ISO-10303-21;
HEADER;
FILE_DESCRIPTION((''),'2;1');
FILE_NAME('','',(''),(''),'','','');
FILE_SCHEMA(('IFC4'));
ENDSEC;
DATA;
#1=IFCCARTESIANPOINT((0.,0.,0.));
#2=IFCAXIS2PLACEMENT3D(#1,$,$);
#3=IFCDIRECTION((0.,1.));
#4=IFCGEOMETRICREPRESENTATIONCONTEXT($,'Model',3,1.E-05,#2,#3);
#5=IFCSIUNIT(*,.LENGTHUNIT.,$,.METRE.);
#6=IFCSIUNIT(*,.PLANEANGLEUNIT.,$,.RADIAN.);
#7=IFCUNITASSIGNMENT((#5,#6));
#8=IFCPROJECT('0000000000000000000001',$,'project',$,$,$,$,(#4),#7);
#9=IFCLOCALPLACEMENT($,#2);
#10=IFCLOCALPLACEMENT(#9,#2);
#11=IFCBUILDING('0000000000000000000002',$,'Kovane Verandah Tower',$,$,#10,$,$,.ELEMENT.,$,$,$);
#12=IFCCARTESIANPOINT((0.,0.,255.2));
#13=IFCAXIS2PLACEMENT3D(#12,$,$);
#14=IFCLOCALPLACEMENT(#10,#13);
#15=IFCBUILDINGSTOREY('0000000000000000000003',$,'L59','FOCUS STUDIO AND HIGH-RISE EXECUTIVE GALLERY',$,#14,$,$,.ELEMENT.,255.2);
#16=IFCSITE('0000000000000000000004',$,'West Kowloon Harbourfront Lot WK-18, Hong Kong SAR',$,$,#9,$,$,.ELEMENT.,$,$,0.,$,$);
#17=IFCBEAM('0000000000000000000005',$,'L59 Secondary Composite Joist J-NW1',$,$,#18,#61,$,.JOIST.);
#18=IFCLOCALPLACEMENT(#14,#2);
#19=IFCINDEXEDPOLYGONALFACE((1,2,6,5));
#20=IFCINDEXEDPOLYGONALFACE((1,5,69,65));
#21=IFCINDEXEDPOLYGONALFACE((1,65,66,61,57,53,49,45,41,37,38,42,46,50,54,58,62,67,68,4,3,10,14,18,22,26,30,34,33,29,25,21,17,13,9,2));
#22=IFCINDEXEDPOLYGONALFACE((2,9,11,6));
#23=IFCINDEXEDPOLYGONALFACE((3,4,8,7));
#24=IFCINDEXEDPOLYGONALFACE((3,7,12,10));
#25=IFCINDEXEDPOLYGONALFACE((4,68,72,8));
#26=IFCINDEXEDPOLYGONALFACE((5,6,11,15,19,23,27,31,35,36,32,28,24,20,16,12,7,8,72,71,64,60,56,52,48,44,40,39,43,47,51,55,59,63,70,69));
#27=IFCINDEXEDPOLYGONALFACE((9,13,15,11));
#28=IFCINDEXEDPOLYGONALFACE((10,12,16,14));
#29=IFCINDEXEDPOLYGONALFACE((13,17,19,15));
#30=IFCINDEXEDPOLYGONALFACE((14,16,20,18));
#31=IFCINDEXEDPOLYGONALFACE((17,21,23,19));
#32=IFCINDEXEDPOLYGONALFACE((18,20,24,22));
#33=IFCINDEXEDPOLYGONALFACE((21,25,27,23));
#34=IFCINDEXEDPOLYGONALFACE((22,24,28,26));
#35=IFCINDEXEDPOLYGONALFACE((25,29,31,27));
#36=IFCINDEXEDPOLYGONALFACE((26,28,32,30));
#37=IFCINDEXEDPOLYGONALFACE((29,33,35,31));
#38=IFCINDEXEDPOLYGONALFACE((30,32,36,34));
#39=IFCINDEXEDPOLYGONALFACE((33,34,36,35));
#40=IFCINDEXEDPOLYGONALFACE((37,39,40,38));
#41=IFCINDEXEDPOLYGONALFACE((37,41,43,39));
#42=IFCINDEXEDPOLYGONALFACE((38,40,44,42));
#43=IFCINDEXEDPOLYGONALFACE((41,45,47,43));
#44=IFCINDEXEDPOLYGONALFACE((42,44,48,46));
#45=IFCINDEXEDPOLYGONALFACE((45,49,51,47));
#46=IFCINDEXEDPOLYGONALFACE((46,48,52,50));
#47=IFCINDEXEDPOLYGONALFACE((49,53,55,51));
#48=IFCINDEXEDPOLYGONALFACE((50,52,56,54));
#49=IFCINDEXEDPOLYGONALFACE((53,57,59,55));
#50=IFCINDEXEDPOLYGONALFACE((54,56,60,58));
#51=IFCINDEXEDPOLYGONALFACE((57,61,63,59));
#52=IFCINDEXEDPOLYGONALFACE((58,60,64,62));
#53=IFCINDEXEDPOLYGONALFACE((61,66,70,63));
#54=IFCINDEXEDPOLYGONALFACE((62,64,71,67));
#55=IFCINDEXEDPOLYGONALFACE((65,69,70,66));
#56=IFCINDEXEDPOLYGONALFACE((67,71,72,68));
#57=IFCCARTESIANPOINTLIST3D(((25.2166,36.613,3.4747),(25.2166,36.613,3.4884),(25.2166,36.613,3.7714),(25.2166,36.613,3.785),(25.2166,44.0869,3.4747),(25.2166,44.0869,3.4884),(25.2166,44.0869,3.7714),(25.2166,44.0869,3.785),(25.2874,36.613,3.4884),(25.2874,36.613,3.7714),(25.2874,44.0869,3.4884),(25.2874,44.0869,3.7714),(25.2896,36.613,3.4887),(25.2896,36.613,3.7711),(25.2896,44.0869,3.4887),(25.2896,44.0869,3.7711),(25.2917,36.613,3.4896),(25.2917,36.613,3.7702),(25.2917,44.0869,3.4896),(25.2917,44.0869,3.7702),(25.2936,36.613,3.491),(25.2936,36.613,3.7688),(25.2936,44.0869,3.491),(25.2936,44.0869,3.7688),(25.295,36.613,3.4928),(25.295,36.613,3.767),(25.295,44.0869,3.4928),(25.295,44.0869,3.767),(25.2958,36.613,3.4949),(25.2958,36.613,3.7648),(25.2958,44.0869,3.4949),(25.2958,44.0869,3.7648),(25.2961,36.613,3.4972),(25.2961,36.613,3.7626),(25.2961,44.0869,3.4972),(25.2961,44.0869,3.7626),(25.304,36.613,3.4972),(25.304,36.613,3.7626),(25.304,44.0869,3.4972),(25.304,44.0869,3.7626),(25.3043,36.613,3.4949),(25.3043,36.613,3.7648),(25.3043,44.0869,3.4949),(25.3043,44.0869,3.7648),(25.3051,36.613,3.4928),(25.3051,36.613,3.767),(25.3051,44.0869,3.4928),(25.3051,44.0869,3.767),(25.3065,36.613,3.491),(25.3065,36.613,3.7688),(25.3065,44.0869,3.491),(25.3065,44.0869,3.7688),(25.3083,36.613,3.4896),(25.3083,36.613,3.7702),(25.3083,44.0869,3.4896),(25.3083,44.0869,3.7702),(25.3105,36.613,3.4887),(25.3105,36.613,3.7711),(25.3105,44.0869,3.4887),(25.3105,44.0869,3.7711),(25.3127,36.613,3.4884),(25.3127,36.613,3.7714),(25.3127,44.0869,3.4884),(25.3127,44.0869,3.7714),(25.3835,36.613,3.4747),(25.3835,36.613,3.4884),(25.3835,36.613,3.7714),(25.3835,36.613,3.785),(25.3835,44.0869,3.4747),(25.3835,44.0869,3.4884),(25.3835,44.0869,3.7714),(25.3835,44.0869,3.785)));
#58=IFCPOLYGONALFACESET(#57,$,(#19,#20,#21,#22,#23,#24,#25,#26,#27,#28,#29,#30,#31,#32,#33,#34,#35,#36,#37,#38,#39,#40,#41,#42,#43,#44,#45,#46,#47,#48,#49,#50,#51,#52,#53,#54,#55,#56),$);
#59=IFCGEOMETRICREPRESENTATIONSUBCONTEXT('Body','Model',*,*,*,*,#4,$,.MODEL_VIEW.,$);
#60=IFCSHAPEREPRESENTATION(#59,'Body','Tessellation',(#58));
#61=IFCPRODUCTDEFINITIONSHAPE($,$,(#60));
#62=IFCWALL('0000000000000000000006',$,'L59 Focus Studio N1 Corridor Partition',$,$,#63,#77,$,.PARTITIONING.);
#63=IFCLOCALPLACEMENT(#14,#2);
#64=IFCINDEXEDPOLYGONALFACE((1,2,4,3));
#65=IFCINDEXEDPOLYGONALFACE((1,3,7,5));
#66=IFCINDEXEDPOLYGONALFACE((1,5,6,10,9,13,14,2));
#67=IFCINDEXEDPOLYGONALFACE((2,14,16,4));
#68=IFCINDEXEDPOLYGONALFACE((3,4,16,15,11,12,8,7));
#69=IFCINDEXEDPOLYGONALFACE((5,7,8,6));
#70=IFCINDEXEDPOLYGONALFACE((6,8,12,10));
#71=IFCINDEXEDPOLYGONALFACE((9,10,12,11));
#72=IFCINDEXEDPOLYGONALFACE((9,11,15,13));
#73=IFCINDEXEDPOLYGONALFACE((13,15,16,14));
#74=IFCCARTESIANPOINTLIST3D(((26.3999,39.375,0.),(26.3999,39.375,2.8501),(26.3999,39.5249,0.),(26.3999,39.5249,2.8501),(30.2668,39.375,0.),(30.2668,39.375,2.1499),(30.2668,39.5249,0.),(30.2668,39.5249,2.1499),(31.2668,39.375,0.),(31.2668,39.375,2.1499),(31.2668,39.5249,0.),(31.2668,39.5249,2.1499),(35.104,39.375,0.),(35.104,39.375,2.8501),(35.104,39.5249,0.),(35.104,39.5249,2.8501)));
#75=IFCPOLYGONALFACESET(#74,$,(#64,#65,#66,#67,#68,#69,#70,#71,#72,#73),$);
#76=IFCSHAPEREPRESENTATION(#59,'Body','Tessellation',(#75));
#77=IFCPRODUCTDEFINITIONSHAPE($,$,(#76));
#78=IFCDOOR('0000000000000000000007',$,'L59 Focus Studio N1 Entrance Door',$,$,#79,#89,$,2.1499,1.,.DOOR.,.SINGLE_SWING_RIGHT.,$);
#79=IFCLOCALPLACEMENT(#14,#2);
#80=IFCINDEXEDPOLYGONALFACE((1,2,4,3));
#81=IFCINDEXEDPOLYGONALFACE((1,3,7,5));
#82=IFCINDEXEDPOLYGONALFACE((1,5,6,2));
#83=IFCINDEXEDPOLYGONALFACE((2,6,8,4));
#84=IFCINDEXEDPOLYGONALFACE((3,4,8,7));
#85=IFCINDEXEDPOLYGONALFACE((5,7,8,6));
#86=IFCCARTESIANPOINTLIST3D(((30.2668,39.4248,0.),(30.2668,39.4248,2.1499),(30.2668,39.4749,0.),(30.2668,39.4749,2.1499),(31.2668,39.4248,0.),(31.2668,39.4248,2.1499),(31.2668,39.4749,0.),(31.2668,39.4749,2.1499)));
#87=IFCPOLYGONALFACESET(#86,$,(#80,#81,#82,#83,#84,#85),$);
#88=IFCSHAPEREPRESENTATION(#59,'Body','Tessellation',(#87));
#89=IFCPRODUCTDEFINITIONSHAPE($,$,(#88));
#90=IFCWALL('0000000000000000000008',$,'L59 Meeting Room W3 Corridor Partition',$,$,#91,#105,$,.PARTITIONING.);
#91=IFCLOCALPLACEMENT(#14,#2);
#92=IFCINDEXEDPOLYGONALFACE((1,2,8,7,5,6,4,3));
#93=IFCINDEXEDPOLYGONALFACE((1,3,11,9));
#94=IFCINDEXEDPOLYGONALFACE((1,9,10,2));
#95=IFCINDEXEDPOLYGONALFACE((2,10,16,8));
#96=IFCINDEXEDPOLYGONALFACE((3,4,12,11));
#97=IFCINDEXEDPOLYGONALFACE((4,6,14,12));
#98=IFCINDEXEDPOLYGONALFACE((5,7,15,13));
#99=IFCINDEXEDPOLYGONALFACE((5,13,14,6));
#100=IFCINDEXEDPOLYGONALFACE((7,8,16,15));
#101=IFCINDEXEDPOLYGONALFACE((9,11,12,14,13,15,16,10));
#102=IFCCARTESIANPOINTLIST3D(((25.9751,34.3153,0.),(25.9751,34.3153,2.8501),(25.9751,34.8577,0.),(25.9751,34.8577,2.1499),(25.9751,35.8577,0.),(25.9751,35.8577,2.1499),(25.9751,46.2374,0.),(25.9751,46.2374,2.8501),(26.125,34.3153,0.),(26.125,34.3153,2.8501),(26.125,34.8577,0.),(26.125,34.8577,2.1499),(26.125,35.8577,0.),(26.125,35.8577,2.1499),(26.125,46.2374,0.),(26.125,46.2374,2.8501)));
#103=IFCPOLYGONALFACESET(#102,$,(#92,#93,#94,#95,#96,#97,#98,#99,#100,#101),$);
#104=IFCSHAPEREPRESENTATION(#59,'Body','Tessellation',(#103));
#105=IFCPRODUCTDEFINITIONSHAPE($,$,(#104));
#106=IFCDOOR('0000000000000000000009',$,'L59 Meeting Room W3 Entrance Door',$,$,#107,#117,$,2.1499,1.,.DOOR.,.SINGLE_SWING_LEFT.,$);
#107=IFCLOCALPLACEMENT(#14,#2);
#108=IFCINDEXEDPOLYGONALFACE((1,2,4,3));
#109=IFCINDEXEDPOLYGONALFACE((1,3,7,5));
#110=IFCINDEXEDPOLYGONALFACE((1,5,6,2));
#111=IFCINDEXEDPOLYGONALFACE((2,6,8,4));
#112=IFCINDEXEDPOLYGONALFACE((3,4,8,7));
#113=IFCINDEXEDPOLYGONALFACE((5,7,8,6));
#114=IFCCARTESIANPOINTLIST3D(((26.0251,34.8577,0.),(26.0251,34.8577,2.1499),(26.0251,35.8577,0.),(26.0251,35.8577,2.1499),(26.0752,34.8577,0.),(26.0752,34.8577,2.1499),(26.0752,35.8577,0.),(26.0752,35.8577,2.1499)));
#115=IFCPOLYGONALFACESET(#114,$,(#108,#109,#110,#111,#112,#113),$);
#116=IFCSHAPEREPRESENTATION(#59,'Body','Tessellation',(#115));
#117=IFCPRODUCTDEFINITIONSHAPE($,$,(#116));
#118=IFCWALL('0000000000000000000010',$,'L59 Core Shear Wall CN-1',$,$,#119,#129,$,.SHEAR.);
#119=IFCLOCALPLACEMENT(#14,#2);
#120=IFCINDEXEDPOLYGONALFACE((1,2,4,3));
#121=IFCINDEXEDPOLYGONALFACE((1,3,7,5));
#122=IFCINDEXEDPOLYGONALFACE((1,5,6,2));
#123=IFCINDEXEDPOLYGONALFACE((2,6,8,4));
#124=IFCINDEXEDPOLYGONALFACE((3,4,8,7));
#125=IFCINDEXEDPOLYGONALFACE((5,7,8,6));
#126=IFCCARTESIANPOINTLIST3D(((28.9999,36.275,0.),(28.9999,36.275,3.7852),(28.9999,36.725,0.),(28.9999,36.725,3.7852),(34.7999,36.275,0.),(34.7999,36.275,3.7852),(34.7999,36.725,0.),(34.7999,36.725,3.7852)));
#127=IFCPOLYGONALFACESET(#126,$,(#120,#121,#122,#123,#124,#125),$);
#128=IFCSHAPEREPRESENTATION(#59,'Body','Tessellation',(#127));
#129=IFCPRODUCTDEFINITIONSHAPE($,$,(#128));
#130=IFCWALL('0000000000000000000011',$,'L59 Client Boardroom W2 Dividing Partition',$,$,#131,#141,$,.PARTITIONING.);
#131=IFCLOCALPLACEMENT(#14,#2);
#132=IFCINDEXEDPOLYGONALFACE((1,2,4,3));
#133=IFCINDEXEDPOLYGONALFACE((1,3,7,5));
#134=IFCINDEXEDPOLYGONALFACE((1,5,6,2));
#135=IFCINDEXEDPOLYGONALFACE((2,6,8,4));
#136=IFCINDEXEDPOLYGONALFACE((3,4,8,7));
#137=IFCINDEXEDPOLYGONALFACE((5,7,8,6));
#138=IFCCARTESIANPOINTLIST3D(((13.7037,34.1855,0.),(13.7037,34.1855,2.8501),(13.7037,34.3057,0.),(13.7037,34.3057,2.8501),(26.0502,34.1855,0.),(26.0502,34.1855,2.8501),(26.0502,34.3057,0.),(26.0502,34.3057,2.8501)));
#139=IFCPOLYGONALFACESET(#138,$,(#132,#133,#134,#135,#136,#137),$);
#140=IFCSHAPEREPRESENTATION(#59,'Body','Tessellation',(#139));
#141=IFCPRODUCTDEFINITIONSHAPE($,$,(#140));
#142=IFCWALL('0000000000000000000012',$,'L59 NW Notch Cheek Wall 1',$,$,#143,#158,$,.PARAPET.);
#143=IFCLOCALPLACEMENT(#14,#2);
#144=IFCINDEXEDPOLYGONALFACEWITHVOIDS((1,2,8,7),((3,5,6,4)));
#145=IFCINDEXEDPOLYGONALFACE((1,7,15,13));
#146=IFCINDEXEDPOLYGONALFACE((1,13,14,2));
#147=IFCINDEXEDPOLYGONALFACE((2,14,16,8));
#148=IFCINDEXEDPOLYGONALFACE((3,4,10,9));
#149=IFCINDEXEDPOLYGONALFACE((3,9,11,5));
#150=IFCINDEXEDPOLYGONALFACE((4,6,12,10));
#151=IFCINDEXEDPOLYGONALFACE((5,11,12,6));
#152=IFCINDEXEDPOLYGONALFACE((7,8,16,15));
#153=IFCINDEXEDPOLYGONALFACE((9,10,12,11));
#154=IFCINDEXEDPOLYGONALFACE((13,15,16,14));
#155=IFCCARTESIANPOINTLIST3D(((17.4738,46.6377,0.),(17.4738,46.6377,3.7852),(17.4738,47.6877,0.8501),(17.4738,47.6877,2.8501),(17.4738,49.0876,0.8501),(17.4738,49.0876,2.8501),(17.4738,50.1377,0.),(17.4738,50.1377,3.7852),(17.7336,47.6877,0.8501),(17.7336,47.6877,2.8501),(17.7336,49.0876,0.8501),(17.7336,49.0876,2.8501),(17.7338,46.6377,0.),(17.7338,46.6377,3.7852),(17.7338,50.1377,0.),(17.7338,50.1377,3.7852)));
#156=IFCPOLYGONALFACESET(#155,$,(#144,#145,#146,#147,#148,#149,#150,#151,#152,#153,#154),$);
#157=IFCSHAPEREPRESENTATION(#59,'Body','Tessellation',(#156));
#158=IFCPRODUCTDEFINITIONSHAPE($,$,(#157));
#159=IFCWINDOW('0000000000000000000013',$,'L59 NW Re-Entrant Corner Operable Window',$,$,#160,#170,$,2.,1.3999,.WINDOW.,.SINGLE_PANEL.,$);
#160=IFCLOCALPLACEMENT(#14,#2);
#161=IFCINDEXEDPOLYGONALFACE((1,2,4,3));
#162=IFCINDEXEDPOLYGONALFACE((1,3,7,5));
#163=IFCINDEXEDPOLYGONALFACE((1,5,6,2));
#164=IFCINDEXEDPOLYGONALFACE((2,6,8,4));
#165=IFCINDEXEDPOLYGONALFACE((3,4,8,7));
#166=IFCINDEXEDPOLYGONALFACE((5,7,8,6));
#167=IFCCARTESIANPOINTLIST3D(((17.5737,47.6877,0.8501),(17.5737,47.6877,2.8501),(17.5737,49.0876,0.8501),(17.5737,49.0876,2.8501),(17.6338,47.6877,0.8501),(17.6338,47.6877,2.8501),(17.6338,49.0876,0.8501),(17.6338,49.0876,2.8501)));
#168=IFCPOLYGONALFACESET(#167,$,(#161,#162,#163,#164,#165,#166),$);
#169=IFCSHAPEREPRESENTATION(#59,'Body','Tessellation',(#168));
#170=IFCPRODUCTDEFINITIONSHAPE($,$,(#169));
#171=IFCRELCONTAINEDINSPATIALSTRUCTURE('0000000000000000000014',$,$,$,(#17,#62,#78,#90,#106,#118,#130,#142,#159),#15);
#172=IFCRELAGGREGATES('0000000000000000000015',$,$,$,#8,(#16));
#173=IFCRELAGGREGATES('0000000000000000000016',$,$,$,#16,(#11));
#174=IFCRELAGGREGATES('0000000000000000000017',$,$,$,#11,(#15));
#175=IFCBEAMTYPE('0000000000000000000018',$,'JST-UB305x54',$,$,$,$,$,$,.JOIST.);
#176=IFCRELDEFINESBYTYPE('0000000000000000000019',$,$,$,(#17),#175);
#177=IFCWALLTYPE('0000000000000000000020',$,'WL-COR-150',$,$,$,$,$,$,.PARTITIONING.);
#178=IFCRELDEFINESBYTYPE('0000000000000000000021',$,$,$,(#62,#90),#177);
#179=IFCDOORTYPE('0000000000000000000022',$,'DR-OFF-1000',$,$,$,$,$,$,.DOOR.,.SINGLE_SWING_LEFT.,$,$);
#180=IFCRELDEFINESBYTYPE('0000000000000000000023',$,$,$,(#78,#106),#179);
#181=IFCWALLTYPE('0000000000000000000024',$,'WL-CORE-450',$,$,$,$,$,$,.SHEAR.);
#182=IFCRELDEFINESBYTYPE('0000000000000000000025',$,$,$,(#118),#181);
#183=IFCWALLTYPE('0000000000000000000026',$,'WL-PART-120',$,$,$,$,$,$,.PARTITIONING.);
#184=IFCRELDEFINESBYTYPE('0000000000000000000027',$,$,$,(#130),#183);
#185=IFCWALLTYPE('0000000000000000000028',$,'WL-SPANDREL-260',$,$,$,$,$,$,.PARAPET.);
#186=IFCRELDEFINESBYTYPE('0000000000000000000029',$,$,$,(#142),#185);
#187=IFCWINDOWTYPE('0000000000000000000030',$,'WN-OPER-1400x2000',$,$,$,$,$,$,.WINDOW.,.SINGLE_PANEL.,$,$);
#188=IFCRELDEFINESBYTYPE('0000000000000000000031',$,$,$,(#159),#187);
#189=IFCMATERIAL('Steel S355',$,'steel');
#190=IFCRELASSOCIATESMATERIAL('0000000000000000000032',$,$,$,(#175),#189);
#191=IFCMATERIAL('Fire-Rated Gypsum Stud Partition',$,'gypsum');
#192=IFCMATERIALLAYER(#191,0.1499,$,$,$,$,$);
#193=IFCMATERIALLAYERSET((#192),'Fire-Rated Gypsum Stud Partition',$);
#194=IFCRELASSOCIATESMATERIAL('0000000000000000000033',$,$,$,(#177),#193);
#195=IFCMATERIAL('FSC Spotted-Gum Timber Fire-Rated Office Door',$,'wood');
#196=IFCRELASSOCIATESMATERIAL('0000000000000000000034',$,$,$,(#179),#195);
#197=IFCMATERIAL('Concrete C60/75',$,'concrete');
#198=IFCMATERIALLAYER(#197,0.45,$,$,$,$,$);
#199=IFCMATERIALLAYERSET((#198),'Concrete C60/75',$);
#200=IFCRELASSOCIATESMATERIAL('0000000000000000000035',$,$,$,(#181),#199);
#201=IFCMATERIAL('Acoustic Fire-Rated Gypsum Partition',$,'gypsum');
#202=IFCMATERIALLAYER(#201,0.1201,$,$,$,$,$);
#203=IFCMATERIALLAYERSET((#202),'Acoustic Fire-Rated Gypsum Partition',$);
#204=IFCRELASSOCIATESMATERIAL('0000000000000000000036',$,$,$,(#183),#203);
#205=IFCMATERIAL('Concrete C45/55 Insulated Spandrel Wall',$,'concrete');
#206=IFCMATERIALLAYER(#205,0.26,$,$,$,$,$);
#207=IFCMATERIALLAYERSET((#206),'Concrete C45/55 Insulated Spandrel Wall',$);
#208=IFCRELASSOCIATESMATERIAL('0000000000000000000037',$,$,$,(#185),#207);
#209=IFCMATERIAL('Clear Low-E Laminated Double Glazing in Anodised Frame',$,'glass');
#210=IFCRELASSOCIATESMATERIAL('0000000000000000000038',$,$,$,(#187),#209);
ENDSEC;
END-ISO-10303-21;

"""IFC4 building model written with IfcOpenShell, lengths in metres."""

from ifc_helpers import new_model, si_unit, direction, frame, frame_2d, origin, origin_2d, place, context, subcontext, project, spatial, rectangle, i_section, extrude, material, layer, layer_set, material_profile, profile_set, type_object, element, fill, save


model = new_model("IFC4")

# Units and contexts
model_context = context("Model", 3, precision=1e-05, world=origin(), true_north=direction((0.0, 1.0)))
body_context = subcontext(model_context, "Body", "Model", "MODEL_VIEW")
ifc_project = project(units=[si_unit("LENGTHUNIT", "METRE"), si_unit("PLANEANGLEUNIT", "RADIAN")], contexts=[model_context])

# Site, building, storey
site_placement = place(None, origin())
site = spatial("IfcSite", under=ifc_project, at=site_placement, Name="West Kowloon Harbourfront Lot WK-18, Hong Kong SAR", CompositionType="ELEMENT", RefElevation=0.0)
building_placement = place(site_placement, origin())
building = spatial("IfcBuilding", under=site, at=building_placement, Name="Kovane Verandah Tower", CompositionType="ELEMENT")
storey_placement = place(building_placement, frame((0.0, 0.0, 255.2)))
storey = spatial("IfcBuildingStorey", under=building, at=storey_placement, Name="L59", Description="FOCUS STUDIO AND HIGH-RISE EXECUTIVE GALLERY", CompositionType="ELEMENT", Elevation=255.2)

# Shared definitions
ifc_material_1 = material(Name="Concrete C60/75", Category="concrete")

# Beam
ifc_material_2 = material(Name="Steel S355", Category="steel")
ifc_material_profile_1 = material_profile(ifc_material_2, i_section(OverallWidth=0.167, OverallDepth=0.3103, WebThickness=0.0078, FlangeThickness=0.0137, FilletRadius=0.0088, at=origin_2d()), Name="UB305x165x54")
ifc_profile_set_1 = profile_set([ifc_material_profile_1], Name="Steel S355")
beam_type_1 = type_object("IfcBeamType", Name="JST-UB305x54", PredefinedType="JOIST", material=ifc_profile_set_1)
beam_1_placement = place(storey_placement, frame((25.3, 36.613, 3.6299), z_axis=(0.0, 1.0, 0.0), x_axis=(-1.0, 0.0, 0.0)))
element("IfcBeam", 1, at=beam_1_placement, inside=storey, type_object=beam_type_1, Name="L59 Secondary Composite Joist J-NW1", PredefinedType="JOIST", context=body_context, shape_type="SweptSolid", body=[
    extrude(i_section(OverallWidth=0.167, OverallDepth=0.3103, WebThickness=0.0078, FlangeThickness=0.0137, FilletRadius=0.0088, at=origin_2d()), origin(), (0.0, 0.0, 1.0), 7.4739),
])

# Walls, openings, doors
ifc_material_3 = material(Name="Fire-Rated Gypsum Stud Partition", Category="gypsum")
ifc_layer_1 = layer(ifc_material_3, 0.1499)
ifc_layer_set_1 = layer_set([ifc_layer_1], Name="Fire-Rated Gypsum Stud Partition")
wall_type_1 = type_object("IfcWallType", Name="WL-COR-150", PredefinedType="PARTITIONING", material=ifc_layer_set_1)
wall_1_placement = place(storey_placement, frame((26.3999, 39.45, 0.0), z_axis=(0.0, 0.0, 1.0), x_axis=(1.0, 0.0, 0.0)))
wall_1 = element("IfcWall", 2, at=wall_1_placement, inside=storey, type_object=wall_type_1, Name="L59 Focus Studio N1 Corridor Partition", PredefinedType="PARTITIONING", context=body_context, shape_type="SweptSolid", body=[
    extrude(rectangle(XDim=8.7041, YDim=0.1499, at=frame_2d((4.3521, 0.0))), origin(), (0.0, 0.0, 1.0), 2.8501),
])
opening_1_placement = place(wall_1_placement, frame((3.8669, 0.0, 0.0)))
opening_1 = element("IfcOpeningElement", 3, at=opening_1_placement, cuts=wall_1, PredefinedType="OPENING", context=body_context, shape_type="SweptSolid", body=[
    extrude(rectangle(XDim=1.0, YDim=2.1499, at=frame_2d((0.5, 1.075))), frame((0.0, 0.075, 0.0), z_axis=(0.0, -1.0, 0.0), x_axis=(1.0, 0.0, 0.0)), (0.0, 0.0, 1.0), 0.1499),
])
ifc_material_4 = material(Name="FSC Spotted-Gum Timber Fire-Rated Office Door", Category="wood")
door_type_1 = type_object("IfcDoorType", Name="DR-OFF-1000", OperationType="SINGLE_SWING_LEFT", PredefinedType="DOOR", material=ifc_material_4)
door_1_placement = place(opening_1_placement, origin())
door_1 = element("IfcDoor", 4, at=door_1_placement, inside=storey, type_object=door_type_1, Name="L59 Focus Studio N1 Entrance Door", OperationType="SINGLE_SWING_RIGHT", OverallHeight=2.1499, OverallWidth=1.0, PredefinedType="DOOR", context=body_context, shape_type="SweptSolid", body=[
    extrude(rectangle(XDim=1.0, YDim=2.1499, at=frame_2d((0.5, 1.075))), frame((0.0, 0.0249, 0.0), z_axis=(0.0, -1.0, 0.0), x_axis=(1.0, 0.0, 0.0)), (0.0, 0.0, 1.0), 0.05),
])
fill(opening_1, door_1)
wall_2_placement = place(storey_placement, frame((26.05, 34.3154, 0.0), z_axis=(0.0, 0.0, 1.0), x_axis=(0.0, 1.0, 0.0)))
wall_2 = element("IfcWall", 5, at=wall_2_placement, inside=storey, type_object=wall_type_1, Name="L59 Meeting Room W3 Corridor Partition", PredefinedType="PARTITIONING", context=body_context, shape_type="SweptSolid", body=[
    extrude(rectangle(XDim=11.9221, YDim=0.1499, at=frame_2d((5.9609, 0.0))), origin(), (0.0, 0.0, 1.0), 2.8501),
])
opening_2_placement = place(wall_2_placement, frame((0.5422, 0.0, 0.0)))
opening_2 = element("IfcOpeningElement", 6, at=opening_2_placement, cuts=wall_2, PredefinedType="OPENING", context=body_context, shape_type="SweptSolid", body=[
    extrude(rectangle(XDim=1.0, YDim=2.1499, at=frame_2d((0.5, 1.075))), frame((0.0, 0.075, 0.0), z_axis=(0.0, -1.0, 0.0), x_axis=(1.0, 0.0, 0.0)), (0.0, 0.0, 1.0), 0.1499),
])
door_2_placement = place(opening_2_placement, origin())
door_2 = element("IfcDoor", 7, at=door_2_placement, inside=storey, type_object=door_type_1, Name="L59 Meeting Room W3 Entrance Door", OperationType="SINGLE_SWING_LEFT", OverallHeight=2.1499, OverallWidth=1.0, PredefinedType="DOOR", context=body_context, shape_type="SweptSolid", body=[
    extrude(rectangle(XDim=1.0, YDim=2.1499, at=frame_2d((0.5, 1.075))), frame((0.0, 0.0249, 0.0), z_axis=(0.0, -1.0, 0.0), x_axis=(1.0, 0.0, 0.0)), (0.0, 0.0, 1.0), 0.05),
])
fill(opening_2, door_2)

# Walls
ifc_layer_2 = layer(ifc_material_1, 0.45)
ifc_layer_set_2 = layer_set([ifc_layer_2], Name="Concrete C60/75")
wall_type_2 = type_object("IfcWallType", Name="WL-CORE-450", PredefinedType="SHEAR", material=ifc_layer_set_2)
wall_3_placement = place(storey_placement, frame((29.0, 36.5, 0.0), z_axis=(0.0, 0.0, 1.0), x_axis=(1.0, 0.0, 0.0)))
element("IfcWall", 8, at=wall_3_placement, inside=storey, type_object=wall_type_2, Name="L59 Core Shear Wall CN-1", PredefinedType="SHEAR", context=body_context, shape_type="SweptSolid", body=[
    extrude(rectangle(XDim=5.8, YDim=0.45, at=frame_2d((2.8999, 0.0))), origin(), (0.0, 0.0, 1.0), 3.7852),
])
ifc_material_5 = material(Name="Acoustic Fire-Rated Gypsum Partition", Category="gypsum")
ifc_layer_3 = layer(ifc_material_5, 0.1201)
ifc_layer_set_3 = layer_set([ifc_layer_3], Name="Acoustic Fire-Rated Gypsum Partition")
wall_type_3 = type_object("IfcWallType", Name="WL-PART-120", PredefinedType="PARTITIONING", material=ifc_layer_set_3)
wall_4_placement = place(storey_placement, frame((13.7036, 34.2456, 0.0), z_axis=(0.0, 0.0, 1.0), x_axis=(1.0, 0.0, 0.0)))
element("IfcWall", 9, at=wall_4_placement, inside=storey, type_object=wall_type_3, Name="L59 Client Boardroom W2 Dividing Partition", PredefinedType="PARTITIONING", context=body_context, shape_type="SweptSolid", body=[
    extrude(rectangle(XDim=12.3464, YDim=0.1201, at=frame_2d((6.1733, 0.0))), origin(), (0.0, 0.0, 1.0), 2.8501),
])

# Shared definitions
ifc_material_6 = material(Name="Concrete C45/55 Insulated Spandrel Wall", Category="concrete")
ifc_layer_4 = layer(ifc_material_6, 0.26)
ifc_layer_set_4 = layer_set([ifc_layer_4], Name="Concrete C45/55 Insulated Spandrel Wall")
wall_type_4 = type_object("IfcWallType", Name="WL-SPANDREL-260", PredefinedType="PARAPET", material=ifc_layer_set_4)
ifc_material_7 = material(Name="Clear Low-E Laminated Double Glazing in Anodised Frame", Category="glass")

# Wall, opening, window
wall_5_placement = place(storey_placement, frame((17.6038, 50.1377, 0.0), z_axis=(0.0, 0.0, 1.0), x_axis=(0.0, -1.0, 0.0)))
wall_5 = element("IfcWall", 10, at=wall_5_placement, inside=storey, type_object=wall_type_4, Name="L59 NW Notch Cheek Wall 1", PredefinedType="PARAPET", context=body_context, shape_type="SweptSolid", body=[
    extrude(rectangle(XDim=3.5, YDim=0.26, at=frame_2d((1.75, 0.0))), origin(), (0.0, 0.0, 1.0), 3.7852),
])
opening_3_placement = place(wall_5_placement, frame((1.05, 0.0, 0.8501)))
opening_3 = element("IfcOpeningElement", 11, at=opening_3_placement, cuts=wall_5, PredefinedType="OPENING", context=body_context, shape_type="SweptSolid", body=[
    extrude(rectangle(XDim=1.3999, YDim=2.0, at=frame_2d((0.7, 1.0))), frame((0.0, 0.1299, 0.0), z_axis=(0.0, -1.0, 0.0), x_axis=(1.0, 0.0, 0.0)), (0.0, 0.0, 1.0), 0.26),
])
window_type_1 = type_object("IfcWindowType", Name="WN-OPER-1400x2000", PartitioningType="SINGLE_PANEL", PredefinedType="WINDOW", material=ifc_material_7)
window_1_placement = place(opening_3_placement, origin())
window_1 = element("IfcWindow", 12, at=window_1_placement, inside=storey, type_object=window_type_1, Name="L59 NW Re-Entrant Corner Operable Window", OverallHeight=2.0, OverallWidth=1.3999, PartitioningType="SINGLE_PANEL", PredefinedType="WINDOW", context=body_context, shape_type="SweptSolid", body=[
    extrude(rectangle(XDim=1.3999, YDim=2.0, at=frame_2d((0.7, 1.0))), frame((0.0, 0.03, 0.0), z_axis=(0.0, -1.0, 0.0), x_axis=(1.0, 0.0, 0.0)), (0.0, 0.0, 1.0), 0.0601),
])
fill(opening_3, window_1)

save(model, "model.ifc")
